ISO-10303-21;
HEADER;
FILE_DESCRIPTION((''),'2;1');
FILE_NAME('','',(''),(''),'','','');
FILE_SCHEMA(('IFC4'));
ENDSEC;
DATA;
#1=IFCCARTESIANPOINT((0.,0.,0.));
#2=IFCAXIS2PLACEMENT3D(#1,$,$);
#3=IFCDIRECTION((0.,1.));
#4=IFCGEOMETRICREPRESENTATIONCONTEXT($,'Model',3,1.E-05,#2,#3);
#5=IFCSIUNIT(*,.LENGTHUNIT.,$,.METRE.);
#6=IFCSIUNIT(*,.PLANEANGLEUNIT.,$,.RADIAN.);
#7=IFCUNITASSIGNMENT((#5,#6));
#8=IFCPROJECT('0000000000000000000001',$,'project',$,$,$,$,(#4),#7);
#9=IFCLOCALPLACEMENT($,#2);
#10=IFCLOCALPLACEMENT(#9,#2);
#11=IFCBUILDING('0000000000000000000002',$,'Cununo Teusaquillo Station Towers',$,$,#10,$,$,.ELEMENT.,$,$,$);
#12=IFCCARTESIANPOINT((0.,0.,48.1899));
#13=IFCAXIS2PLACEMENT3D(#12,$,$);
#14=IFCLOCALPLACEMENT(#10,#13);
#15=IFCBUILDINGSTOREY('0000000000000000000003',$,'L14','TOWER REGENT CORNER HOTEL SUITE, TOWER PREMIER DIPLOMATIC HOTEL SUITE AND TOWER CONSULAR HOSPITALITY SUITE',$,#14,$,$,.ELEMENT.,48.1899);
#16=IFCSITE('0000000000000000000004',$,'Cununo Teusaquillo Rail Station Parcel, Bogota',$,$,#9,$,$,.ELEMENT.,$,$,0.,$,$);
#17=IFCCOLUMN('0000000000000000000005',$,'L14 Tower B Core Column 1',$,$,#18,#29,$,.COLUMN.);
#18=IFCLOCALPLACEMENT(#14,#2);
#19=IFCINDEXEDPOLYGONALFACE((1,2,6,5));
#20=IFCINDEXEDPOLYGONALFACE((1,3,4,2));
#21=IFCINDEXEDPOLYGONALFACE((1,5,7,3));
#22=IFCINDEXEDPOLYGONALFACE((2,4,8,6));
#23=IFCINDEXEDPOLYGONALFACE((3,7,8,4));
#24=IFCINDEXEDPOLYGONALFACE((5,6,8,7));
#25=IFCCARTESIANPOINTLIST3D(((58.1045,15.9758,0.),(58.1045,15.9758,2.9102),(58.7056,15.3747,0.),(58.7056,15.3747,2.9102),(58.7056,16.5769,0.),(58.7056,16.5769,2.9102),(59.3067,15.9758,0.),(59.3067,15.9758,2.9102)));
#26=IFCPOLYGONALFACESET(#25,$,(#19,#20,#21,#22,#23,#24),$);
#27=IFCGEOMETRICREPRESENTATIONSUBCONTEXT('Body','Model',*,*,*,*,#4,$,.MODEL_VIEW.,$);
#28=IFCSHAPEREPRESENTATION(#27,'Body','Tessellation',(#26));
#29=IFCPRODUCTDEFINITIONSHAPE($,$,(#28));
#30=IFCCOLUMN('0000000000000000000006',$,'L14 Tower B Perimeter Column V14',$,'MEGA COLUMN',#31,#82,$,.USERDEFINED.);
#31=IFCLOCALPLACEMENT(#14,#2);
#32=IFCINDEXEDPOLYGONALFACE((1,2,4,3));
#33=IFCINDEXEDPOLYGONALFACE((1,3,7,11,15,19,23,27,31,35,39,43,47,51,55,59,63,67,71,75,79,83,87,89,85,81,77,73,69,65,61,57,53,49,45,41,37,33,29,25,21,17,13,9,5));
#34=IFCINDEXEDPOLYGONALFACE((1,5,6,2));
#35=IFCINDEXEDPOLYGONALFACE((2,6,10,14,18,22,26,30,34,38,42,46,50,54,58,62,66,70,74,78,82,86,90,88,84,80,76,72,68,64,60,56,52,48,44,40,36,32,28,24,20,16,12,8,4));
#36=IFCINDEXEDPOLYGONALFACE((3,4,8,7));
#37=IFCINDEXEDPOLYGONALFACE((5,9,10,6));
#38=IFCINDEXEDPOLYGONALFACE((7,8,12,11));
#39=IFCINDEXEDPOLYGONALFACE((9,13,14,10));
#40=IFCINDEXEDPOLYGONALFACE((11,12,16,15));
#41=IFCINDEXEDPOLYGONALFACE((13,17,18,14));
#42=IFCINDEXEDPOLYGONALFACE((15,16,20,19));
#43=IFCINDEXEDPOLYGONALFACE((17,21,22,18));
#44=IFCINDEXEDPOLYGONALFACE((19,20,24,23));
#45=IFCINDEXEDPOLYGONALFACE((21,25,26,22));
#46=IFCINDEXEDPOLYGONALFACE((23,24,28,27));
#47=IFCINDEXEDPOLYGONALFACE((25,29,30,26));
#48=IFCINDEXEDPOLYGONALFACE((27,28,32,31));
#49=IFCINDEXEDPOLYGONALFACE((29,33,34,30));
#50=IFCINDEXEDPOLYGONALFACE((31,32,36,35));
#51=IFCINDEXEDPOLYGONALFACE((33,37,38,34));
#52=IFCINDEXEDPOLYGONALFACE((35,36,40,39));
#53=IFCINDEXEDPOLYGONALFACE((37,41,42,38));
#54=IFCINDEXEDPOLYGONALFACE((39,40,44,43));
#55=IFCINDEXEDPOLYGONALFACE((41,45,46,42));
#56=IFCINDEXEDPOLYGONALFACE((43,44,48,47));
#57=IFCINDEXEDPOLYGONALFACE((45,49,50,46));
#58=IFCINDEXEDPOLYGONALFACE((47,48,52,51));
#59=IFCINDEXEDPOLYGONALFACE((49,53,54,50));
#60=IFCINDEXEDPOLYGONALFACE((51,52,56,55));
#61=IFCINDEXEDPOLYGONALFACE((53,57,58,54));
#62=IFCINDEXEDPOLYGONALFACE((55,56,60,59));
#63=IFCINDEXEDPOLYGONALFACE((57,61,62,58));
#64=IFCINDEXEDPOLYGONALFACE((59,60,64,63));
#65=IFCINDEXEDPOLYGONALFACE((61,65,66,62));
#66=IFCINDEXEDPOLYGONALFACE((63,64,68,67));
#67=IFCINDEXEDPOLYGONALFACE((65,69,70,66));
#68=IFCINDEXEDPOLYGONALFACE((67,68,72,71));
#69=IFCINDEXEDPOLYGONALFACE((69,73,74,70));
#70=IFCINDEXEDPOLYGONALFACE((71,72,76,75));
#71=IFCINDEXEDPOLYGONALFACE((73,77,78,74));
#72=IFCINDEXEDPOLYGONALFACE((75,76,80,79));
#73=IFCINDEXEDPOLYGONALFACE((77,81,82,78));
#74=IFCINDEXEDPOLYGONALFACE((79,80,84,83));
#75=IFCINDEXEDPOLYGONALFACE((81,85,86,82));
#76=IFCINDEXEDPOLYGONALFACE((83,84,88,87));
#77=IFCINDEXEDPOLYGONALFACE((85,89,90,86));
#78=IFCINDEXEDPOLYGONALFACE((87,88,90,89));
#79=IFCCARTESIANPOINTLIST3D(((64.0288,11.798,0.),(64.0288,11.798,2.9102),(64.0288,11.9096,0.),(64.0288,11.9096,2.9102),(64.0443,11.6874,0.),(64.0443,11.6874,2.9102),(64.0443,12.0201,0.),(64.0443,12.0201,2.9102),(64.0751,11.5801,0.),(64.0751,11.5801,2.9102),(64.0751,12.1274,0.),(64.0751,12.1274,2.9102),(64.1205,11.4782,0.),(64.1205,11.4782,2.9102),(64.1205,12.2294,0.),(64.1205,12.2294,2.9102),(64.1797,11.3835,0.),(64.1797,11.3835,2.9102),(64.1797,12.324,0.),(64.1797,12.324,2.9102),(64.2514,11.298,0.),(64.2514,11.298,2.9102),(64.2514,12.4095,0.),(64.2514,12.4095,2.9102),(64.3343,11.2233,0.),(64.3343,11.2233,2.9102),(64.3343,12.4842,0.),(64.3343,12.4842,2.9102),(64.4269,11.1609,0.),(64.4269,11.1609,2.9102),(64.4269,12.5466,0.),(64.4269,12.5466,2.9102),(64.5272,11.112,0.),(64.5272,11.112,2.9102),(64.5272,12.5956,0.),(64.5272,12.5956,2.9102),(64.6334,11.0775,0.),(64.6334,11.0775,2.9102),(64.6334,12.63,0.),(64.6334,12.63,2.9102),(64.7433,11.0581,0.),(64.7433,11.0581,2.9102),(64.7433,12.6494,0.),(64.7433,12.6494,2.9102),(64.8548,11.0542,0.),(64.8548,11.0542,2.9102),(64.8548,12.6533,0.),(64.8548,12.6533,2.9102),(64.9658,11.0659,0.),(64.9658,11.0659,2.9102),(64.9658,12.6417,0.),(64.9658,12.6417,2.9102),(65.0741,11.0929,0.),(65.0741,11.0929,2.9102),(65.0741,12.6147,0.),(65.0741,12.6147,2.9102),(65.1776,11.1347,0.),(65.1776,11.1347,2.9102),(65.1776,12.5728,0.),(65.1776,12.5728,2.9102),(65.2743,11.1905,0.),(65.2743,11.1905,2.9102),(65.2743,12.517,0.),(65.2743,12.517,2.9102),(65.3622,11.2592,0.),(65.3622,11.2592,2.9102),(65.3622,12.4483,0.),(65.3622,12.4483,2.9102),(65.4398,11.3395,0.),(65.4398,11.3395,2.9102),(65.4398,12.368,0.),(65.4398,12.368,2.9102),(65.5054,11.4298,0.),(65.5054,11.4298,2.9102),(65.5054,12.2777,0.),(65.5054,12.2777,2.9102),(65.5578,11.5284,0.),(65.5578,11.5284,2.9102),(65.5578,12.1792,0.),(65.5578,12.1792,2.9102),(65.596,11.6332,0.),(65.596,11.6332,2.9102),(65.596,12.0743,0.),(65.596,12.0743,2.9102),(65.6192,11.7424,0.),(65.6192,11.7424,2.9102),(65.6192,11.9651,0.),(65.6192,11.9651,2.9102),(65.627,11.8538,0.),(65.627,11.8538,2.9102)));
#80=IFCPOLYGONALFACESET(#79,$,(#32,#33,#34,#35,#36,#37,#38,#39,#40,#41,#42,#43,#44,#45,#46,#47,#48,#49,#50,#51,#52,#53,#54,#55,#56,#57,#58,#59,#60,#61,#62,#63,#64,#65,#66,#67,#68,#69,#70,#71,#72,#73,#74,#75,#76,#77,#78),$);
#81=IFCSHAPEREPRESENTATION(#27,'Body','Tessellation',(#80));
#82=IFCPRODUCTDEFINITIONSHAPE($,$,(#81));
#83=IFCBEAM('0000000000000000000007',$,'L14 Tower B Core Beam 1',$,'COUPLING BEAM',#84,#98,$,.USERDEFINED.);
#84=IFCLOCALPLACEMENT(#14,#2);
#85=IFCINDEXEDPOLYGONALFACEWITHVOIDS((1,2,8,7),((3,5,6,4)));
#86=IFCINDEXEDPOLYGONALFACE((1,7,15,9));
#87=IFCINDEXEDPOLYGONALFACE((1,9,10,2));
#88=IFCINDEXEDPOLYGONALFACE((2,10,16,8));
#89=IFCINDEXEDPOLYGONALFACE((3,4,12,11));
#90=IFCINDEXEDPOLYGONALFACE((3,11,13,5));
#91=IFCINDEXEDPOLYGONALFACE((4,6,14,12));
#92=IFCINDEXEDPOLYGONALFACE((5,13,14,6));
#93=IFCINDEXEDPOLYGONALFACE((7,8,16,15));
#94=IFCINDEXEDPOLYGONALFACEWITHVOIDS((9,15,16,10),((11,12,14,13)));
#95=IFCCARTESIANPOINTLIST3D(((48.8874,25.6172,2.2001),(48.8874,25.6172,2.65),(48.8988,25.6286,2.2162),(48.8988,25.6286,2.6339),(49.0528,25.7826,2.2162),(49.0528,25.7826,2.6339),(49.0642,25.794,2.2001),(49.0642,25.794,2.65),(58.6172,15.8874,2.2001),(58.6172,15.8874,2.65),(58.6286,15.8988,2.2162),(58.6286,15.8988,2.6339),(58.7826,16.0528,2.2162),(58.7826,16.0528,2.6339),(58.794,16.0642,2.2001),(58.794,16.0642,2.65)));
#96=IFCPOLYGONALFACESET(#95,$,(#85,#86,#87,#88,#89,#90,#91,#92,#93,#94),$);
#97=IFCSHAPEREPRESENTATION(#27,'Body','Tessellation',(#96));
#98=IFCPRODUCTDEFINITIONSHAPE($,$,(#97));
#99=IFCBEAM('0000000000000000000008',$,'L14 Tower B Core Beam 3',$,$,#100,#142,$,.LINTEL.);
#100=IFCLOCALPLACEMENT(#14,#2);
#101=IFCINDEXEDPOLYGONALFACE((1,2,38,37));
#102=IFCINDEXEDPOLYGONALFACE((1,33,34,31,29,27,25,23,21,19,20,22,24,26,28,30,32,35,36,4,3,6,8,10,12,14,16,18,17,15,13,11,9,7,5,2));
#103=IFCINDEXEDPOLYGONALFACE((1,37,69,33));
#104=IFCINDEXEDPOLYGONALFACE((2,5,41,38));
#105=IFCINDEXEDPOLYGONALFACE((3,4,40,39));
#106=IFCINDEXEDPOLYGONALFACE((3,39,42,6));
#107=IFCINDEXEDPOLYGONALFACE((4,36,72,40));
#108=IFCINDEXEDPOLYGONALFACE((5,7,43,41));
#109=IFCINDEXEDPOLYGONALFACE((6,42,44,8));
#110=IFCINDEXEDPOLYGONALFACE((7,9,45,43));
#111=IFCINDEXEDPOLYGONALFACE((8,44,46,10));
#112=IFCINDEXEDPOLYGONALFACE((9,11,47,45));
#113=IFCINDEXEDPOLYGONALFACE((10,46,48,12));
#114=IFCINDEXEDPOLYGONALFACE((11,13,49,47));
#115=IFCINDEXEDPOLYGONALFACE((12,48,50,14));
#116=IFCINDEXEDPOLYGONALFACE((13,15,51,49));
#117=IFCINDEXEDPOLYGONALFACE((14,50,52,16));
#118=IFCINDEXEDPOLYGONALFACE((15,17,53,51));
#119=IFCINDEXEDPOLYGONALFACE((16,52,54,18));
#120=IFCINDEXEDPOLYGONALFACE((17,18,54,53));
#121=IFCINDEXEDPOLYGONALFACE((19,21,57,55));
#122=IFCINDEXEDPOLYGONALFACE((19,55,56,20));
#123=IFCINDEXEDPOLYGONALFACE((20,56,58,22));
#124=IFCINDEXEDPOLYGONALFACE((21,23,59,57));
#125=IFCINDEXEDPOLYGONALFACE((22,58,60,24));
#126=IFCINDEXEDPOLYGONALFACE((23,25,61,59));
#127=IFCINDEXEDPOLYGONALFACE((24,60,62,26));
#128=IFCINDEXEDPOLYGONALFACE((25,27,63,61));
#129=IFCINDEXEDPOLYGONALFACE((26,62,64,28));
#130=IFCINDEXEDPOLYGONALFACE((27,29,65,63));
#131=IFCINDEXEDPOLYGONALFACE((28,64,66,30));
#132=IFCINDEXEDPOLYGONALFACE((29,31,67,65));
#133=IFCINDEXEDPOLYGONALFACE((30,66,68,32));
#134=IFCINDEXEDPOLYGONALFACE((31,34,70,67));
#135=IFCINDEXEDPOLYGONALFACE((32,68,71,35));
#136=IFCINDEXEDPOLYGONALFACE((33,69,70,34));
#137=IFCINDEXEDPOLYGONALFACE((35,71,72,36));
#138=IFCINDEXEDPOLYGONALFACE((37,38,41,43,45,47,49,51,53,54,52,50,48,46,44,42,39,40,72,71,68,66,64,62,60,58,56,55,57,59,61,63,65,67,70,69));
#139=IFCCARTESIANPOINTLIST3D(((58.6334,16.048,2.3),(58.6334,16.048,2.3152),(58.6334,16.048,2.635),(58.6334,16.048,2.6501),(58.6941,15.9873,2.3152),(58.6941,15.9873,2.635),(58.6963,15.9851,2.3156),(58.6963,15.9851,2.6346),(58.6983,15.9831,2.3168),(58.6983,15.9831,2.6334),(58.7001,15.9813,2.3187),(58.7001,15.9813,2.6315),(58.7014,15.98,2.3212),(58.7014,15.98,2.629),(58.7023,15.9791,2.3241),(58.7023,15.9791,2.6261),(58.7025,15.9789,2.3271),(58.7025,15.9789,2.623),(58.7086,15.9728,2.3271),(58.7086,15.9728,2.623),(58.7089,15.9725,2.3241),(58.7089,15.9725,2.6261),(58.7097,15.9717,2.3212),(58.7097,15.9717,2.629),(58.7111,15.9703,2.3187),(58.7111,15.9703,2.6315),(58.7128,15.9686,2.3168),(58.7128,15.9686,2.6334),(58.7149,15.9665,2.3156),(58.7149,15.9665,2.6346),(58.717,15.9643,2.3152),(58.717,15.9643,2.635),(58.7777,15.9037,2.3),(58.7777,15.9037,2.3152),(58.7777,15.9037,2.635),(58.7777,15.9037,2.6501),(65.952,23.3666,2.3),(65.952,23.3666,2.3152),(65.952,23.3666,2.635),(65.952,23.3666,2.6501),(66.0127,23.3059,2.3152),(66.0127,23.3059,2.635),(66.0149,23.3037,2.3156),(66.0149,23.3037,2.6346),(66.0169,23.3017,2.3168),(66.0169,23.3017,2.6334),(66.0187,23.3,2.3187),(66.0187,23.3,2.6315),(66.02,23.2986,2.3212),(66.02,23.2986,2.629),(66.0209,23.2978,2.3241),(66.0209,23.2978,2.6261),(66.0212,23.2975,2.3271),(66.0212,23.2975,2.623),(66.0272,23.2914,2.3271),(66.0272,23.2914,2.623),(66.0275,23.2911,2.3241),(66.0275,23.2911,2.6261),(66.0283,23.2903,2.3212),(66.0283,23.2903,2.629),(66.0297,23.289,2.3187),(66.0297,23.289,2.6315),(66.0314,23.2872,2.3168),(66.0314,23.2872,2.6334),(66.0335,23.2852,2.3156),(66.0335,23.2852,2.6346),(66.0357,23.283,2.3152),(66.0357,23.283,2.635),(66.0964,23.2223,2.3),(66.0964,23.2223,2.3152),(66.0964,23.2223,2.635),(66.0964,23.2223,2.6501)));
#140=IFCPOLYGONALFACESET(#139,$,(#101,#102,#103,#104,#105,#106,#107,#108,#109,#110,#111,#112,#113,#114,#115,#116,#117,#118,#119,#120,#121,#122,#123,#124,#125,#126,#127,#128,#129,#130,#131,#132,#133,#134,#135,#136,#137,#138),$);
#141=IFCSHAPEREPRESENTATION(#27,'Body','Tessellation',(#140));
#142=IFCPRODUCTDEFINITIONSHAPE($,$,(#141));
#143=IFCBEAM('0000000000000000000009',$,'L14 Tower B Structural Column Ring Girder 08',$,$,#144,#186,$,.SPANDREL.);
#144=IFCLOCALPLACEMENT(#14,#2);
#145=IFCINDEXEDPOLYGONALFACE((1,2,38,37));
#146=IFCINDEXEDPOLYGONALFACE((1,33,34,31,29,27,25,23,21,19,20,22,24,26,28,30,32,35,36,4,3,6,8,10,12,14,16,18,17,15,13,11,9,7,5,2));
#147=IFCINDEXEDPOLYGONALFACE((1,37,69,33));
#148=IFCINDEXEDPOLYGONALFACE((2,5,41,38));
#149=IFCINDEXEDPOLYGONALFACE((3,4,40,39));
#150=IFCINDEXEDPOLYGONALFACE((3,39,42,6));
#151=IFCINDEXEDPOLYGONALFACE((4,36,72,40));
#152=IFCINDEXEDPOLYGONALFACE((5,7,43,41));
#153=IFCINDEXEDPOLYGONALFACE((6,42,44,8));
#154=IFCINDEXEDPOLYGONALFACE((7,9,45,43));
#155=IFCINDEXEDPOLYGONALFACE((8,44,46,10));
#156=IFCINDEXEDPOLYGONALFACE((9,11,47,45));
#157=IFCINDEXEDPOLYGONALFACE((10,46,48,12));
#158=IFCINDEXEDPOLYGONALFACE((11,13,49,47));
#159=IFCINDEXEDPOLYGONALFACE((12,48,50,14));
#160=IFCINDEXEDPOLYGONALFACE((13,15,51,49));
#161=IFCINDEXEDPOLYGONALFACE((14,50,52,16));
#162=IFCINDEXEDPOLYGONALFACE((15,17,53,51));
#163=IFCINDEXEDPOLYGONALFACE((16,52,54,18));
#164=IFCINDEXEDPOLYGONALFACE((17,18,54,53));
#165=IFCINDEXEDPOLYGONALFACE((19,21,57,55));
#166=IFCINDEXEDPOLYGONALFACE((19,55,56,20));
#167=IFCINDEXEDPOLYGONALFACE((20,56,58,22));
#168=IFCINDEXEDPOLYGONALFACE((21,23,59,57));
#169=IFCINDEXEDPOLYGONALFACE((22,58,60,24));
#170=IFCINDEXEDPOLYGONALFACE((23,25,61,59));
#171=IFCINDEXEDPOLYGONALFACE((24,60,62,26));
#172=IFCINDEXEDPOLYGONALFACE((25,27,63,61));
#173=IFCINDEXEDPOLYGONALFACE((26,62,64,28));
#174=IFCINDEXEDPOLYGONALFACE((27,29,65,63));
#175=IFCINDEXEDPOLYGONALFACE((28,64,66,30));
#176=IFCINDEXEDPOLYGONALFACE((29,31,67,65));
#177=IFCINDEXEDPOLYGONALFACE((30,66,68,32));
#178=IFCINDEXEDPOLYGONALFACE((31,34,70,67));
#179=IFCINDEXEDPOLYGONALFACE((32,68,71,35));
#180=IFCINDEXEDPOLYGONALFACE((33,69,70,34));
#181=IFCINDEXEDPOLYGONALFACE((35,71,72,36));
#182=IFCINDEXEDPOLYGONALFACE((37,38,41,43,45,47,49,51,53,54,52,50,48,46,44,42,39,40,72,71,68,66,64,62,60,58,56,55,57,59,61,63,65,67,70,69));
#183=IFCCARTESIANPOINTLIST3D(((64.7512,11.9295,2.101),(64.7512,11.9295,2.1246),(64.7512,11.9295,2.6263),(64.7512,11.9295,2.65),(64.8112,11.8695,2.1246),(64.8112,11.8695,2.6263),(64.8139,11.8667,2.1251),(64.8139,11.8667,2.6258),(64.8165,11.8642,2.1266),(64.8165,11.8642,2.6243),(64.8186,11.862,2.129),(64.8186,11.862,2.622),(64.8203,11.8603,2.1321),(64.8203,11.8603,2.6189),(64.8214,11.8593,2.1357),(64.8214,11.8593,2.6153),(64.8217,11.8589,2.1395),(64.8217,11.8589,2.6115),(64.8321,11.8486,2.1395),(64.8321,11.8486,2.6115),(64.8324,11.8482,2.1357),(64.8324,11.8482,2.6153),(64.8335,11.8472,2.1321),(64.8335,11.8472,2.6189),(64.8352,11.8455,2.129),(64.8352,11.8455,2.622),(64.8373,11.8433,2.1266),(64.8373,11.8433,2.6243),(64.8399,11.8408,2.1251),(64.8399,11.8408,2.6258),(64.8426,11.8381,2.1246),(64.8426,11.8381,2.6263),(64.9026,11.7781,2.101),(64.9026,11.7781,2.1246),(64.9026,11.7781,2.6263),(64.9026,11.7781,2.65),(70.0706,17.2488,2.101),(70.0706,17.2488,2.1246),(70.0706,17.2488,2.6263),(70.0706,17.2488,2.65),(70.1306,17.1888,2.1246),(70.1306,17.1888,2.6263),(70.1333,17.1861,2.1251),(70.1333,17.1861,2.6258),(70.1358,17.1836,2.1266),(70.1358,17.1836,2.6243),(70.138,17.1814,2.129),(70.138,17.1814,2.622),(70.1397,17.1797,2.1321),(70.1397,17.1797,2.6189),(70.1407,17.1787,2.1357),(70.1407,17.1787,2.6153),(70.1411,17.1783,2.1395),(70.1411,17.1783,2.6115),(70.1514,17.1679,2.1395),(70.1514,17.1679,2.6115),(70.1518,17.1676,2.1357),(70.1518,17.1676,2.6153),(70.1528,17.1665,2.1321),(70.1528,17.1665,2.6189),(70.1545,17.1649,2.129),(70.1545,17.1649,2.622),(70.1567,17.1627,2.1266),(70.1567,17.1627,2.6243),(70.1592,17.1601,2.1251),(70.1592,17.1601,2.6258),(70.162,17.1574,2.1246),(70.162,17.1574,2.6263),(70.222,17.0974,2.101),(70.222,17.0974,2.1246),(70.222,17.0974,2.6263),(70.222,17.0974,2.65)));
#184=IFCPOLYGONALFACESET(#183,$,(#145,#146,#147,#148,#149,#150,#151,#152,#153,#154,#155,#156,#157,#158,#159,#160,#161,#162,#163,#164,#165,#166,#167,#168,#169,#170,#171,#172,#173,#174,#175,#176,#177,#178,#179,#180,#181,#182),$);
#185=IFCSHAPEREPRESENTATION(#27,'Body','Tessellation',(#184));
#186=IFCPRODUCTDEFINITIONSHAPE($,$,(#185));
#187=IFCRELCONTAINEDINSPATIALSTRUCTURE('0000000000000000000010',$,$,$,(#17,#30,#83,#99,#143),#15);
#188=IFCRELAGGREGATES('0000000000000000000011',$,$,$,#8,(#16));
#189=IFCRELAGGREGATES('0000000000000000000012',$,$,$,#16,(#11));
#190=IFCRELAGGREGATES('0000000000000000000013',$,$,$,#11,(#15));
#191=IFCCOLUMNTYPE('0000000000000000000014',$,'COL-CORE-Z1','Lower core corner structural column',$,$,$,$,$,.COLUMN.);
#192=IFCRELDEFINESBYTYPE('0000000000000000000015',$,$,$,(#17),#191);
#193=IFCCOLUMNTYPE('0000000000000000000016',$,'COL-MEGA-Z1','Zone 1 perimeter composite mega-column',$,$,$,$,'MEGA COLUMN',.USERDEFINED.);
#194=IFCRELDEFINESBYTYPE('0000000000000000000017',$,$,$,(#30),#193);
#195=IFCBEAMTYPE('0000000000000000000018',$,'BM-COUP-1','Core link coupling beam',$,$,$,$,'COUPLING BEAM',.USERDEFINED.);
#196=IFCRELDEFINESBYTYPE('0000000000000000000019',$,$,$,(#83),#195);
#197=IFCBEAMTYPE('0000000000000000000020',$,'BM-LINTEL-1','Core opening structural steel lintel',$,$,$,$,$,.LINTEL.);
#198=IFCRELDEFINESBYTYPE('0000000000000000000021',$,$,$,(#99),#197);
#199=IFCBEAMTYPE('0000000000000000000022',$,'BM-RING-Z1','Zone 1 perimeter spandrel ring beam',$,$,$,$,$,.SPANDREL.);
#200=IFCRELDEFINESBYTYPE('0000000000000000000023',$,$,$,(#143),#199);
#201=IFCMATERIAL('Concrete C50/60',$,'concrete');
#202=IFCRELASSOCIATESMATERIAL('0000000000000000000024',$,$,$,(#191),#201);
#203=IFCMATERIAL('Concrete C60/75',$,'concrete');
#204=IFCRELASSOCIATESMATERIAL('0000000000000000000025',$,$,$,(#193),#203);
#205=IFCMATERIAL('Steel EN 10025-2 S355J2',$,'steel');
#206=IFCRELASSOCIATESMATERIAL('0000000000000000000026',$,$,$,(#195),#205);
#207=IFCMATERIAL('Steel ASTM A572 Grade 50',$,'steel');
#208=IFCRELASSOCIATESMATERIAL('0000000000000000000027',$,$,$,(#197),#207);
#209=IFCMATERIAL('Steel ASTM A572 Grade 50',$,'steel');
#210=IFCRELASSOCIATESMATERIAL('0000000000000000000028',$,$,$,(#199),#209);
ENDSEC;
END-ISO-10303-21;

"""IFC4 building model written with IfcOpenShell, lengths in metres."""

from ifc_helpers import new_model, si_unit, direction, frame, origin, origin_2d, place, context, subcontext, project, spatial, rectangle, hollow_rectangle, circle, i_section, extrude, material, material_profile, profile_set, type_object, element, save


model = new_model("IFC4")

# Units and contexts
model_context = context("Model", 3, precision=1e-05, world=origin(), true_north=direction((0.0, 1.0)))
body_context = subcontext(model_context, "Body", "Model", "MODEL_VIEW")
ifc_project = project(units=[si_unit("LENGTHUNIT", "METRE"), si_unit("PLANEANGLEUNIT", "RADIAN")], contexts=[model_context])

# Site, building, storey
site_placement = place(None, origin())
site = spatial("IfcSite", under=ifc_project, at=site_placement, Name="Cununo Teusaquillo Rail Station Parcel, Bogota", CompositionType="ELEMENT", RefElevation=0.0)
building_placement = place(site_placement, origin())
building = spatial("IfcBuilding", under=site, at=building_placement, Name="Cununo Teusaquillo Station Towers", CompositionType="ELEMENT")
storey_placement = place(building_placement, frame((0.0, 0.0, 48.1899)))
storey = spatial("IfcBuildingStorey", under=building, at=storey_placement, Name="L14", Description="TOWER REGENT CORNER HOTEL SUITE, TOWER PREMIER DIPLOMATIC HOTEL SUITE AND TOWER CONSULAR HOSPITALITY SUITE", CompositionType="ELEMENT", Elevation=48.1899)

# Columns
ifc_material_1 = material(Name="Concrete C50/60", Category="concrete")
ifc_material_profile_1 = material_profile(ifc_material_1, rectangle(XDim=0.8501, YDim=0.8501, at=origin_2d()), Name="RC-RECT-850x850")
ifc_profile_set_1 = profile_set([ifc_material_profile_1], Name="Concrete C50/60")
column_type_1 = type_object("IfcColumnType", Name="COL-CORE-Z1", Description="Lower core corner structural column", PredefinedType="COLUMN", material=ifc_profile_set_1)
column_1_placement = place(storey_placement, frame((58.7056, 15.9758, 0.0), z_axis=(0.0, 0.0, 1.0), x_axis=(0.707107, 0.707107, 0.0)))
element("IfcColumn", 1, at=column_1_placement, inside=storey, type_object=column_type_1, Name="L14 Tower B Core Column 1", PredefinedType="COLUMN", context=body_context, shape_type="SweptSolid", body=[
    extrude(rectangle(XDim=0.8501, YDim=0.8501, at=origin_2d()), origin(), (0.0, 0.0, 1.0), 2.9102),
])
ifc_material_2 = material(Name="Concrete C60/75", Category="concrete")
ifc_material_profile_2 = material_profile(ifc_material_2, circle(Radius=0.8, at=origin_2d()), Name="RC-CIRC-1600")
ifc_profile_set_2 = profile_set([ifc_material_profile_2], Name="Concrete C60/75")
column_type_2 = type_object("IfcColumnType", Name="COL-MEGA-Z1", Description="Zone 1 perimeter composite mega-column", ElementType="MEGA COLUMN", PredefinedType="USERDEFINED", material=ifc_profile_set_2)
column_2_placement = place(storey_placement, frame((64.8269, 11.8538, 0.0), z_axis=(0.0, 0.0, 1.0), x_axis=(1.0, 0.0, 0.0)))
element("IfcColumn", 2, at=column_2_placement, inside=storey, type_object=column_type_2, Name="L14 Tower B Perimeter Column V14", ObjectType="MEGA COLUMN", PredefinedType="USERDEFINED", context=body_context, shape_type="SweptSolid", body=[
    extrude(circle(Radius=0.8, at=origin_2d()), origin(), (0.0, 0.0, 1.0), 2.9102),
])

# Beams
ifc_material_3 = material(Name="Steel EN 10025-2 S355J2", Category="steel")
ifc_material_profile_3 = material_profile(ifc_material_3, hollow_rectangle(XDim=0.25, YDim=0.45, WallThickness=0.0161, at=origin_2d()), Name="RHS 450x250x16")
ifc_profile_set_3 = profile_set([ifc_material_profile_3], Name="Steel EN 10025-2 S355J2")
beam_type_1 = type_object("IfcBeamType", Name="BM-COUP-1", Description="Core link coupling beam", ElementType="COUPLING BEAM", PredefinedType="USERDEFINED", material=ifc_profile_set_3)
beam_1_placement = place(storey_placement, frame((58.7056, 15.9758, 2.425), z_axis=(-0.707107, 0.707107, 0.0), x_axis=(-0.707107, -0.707107, 0.0)))
element("IfcBeam", 3, at=beam_1_placement, inside=storey, type_object=beam_type_1, Name="L14 Tower B Core Beam 1", ObjectType="COUPLING BEAM", PredefinedType="USERDEFINED", context=body_context, shape_type="SweptSolid", body=[
    extrude(hollow_rectangle(XDim=0.25, YDim=0.45, WallThickness=0.0161, at=origin_2d()), origin(), (0.0, 0.0, 1.0), 13.76),
])
ifc_material_4 = material(Name="Steel ASTM A572 Grade 50", Category="steel")
ifc_material_profile_4 = material_profile(ifc_material_4, i_section(OverallWidth=0.2041, OverallDepth=0.3501, WebThickness=0.0085, FlangeThickness=0.0151, FilletRadius=0.012, at=origin_2d()), Name="W14X48")
ifc_profile_set_4 = profile_set([ifc_material_profile_4], Name="Steel ASTM A572 Grade 50")
beam_type_2 = type_object("IfcBeamType", Name="BM-LINTEL-1", Description="Core opening structural steel lintel", PredefinedType="LINTEL", material=ifc_profile_set_4)
beam_2_placement = place(storey_placement, frame((58.7056, 15.9758, 2.4751), z_axis=(0.707107, 0.707107, 0.0), x_axis=(-0.707107, 0.707107, 0.0)))
element("IfcBeam", 4, at=beam_2_placement, inside=storey, type_object=beam_type_2, Name="L14 Tower B Core Beam 3", PredefinedType="LINTEL", context=body_context, shape_type="SweptSolid", body=[
    extrude(i_section(OverallWidth=0.2041, OverallDepth=0.3501, WebThickness=0.0085, FlangeThickness=0.0151, FilletRadius=0.012, at=origin_2d()), origin(), (0.0, 0.0, 1.0), 10.3501),
])
ifc_material_5 = material(Name="Steel ASTM A572 Grade 50", Category="steel")
ifc_material_profile_5 = material_profile(ifc_material_5, i_section(OverallWidth=0.2141, OverallDepth=0.5491, WebThickness=0.0146, FlangeThickness=0.0237, FilletRadius=0.0149, at=origin_2d()), Name="W21X93")
ifc_profile_set_5 = profile_set([ifc_material_profile_5], Name="Steel ASTM A572 Grade 50")
beam_type_3 = type_object("IfcBeamType", Name="BM-RING-Z1", Description="Zone 1 perimeter spandrel ring beam", PredefinedType="SPANDREL", material=ifc_profile_set_5)
beam_3_placement = place(storey_placement, frame((64.8269, 11.8538, 2.3755), z_axis=(0.707107, 0.707107, 0.0), x_axis=(-0.707107, 0.707107, 0.0)))
element("IfcBeam", 5, at=beam_3_placement, inside=storey, type_object=beam_type_3, Name="L14 Tower B Structural Column Ring Girder 08", PredefinedType="SPANDREL", context=body_context, shape_type="SweptSolid", body=[
    extrude(i_section(OverallWidth=0.2141, OverallDepth=0.5491, WebThickness=0.0146, FlangeThickness=0.0237, FilletRadius=0.0149, at=origin_2d()), origin(), (0.0, 0.0, 1.0), 7.5227),
])

save(model, "model.ifc")
